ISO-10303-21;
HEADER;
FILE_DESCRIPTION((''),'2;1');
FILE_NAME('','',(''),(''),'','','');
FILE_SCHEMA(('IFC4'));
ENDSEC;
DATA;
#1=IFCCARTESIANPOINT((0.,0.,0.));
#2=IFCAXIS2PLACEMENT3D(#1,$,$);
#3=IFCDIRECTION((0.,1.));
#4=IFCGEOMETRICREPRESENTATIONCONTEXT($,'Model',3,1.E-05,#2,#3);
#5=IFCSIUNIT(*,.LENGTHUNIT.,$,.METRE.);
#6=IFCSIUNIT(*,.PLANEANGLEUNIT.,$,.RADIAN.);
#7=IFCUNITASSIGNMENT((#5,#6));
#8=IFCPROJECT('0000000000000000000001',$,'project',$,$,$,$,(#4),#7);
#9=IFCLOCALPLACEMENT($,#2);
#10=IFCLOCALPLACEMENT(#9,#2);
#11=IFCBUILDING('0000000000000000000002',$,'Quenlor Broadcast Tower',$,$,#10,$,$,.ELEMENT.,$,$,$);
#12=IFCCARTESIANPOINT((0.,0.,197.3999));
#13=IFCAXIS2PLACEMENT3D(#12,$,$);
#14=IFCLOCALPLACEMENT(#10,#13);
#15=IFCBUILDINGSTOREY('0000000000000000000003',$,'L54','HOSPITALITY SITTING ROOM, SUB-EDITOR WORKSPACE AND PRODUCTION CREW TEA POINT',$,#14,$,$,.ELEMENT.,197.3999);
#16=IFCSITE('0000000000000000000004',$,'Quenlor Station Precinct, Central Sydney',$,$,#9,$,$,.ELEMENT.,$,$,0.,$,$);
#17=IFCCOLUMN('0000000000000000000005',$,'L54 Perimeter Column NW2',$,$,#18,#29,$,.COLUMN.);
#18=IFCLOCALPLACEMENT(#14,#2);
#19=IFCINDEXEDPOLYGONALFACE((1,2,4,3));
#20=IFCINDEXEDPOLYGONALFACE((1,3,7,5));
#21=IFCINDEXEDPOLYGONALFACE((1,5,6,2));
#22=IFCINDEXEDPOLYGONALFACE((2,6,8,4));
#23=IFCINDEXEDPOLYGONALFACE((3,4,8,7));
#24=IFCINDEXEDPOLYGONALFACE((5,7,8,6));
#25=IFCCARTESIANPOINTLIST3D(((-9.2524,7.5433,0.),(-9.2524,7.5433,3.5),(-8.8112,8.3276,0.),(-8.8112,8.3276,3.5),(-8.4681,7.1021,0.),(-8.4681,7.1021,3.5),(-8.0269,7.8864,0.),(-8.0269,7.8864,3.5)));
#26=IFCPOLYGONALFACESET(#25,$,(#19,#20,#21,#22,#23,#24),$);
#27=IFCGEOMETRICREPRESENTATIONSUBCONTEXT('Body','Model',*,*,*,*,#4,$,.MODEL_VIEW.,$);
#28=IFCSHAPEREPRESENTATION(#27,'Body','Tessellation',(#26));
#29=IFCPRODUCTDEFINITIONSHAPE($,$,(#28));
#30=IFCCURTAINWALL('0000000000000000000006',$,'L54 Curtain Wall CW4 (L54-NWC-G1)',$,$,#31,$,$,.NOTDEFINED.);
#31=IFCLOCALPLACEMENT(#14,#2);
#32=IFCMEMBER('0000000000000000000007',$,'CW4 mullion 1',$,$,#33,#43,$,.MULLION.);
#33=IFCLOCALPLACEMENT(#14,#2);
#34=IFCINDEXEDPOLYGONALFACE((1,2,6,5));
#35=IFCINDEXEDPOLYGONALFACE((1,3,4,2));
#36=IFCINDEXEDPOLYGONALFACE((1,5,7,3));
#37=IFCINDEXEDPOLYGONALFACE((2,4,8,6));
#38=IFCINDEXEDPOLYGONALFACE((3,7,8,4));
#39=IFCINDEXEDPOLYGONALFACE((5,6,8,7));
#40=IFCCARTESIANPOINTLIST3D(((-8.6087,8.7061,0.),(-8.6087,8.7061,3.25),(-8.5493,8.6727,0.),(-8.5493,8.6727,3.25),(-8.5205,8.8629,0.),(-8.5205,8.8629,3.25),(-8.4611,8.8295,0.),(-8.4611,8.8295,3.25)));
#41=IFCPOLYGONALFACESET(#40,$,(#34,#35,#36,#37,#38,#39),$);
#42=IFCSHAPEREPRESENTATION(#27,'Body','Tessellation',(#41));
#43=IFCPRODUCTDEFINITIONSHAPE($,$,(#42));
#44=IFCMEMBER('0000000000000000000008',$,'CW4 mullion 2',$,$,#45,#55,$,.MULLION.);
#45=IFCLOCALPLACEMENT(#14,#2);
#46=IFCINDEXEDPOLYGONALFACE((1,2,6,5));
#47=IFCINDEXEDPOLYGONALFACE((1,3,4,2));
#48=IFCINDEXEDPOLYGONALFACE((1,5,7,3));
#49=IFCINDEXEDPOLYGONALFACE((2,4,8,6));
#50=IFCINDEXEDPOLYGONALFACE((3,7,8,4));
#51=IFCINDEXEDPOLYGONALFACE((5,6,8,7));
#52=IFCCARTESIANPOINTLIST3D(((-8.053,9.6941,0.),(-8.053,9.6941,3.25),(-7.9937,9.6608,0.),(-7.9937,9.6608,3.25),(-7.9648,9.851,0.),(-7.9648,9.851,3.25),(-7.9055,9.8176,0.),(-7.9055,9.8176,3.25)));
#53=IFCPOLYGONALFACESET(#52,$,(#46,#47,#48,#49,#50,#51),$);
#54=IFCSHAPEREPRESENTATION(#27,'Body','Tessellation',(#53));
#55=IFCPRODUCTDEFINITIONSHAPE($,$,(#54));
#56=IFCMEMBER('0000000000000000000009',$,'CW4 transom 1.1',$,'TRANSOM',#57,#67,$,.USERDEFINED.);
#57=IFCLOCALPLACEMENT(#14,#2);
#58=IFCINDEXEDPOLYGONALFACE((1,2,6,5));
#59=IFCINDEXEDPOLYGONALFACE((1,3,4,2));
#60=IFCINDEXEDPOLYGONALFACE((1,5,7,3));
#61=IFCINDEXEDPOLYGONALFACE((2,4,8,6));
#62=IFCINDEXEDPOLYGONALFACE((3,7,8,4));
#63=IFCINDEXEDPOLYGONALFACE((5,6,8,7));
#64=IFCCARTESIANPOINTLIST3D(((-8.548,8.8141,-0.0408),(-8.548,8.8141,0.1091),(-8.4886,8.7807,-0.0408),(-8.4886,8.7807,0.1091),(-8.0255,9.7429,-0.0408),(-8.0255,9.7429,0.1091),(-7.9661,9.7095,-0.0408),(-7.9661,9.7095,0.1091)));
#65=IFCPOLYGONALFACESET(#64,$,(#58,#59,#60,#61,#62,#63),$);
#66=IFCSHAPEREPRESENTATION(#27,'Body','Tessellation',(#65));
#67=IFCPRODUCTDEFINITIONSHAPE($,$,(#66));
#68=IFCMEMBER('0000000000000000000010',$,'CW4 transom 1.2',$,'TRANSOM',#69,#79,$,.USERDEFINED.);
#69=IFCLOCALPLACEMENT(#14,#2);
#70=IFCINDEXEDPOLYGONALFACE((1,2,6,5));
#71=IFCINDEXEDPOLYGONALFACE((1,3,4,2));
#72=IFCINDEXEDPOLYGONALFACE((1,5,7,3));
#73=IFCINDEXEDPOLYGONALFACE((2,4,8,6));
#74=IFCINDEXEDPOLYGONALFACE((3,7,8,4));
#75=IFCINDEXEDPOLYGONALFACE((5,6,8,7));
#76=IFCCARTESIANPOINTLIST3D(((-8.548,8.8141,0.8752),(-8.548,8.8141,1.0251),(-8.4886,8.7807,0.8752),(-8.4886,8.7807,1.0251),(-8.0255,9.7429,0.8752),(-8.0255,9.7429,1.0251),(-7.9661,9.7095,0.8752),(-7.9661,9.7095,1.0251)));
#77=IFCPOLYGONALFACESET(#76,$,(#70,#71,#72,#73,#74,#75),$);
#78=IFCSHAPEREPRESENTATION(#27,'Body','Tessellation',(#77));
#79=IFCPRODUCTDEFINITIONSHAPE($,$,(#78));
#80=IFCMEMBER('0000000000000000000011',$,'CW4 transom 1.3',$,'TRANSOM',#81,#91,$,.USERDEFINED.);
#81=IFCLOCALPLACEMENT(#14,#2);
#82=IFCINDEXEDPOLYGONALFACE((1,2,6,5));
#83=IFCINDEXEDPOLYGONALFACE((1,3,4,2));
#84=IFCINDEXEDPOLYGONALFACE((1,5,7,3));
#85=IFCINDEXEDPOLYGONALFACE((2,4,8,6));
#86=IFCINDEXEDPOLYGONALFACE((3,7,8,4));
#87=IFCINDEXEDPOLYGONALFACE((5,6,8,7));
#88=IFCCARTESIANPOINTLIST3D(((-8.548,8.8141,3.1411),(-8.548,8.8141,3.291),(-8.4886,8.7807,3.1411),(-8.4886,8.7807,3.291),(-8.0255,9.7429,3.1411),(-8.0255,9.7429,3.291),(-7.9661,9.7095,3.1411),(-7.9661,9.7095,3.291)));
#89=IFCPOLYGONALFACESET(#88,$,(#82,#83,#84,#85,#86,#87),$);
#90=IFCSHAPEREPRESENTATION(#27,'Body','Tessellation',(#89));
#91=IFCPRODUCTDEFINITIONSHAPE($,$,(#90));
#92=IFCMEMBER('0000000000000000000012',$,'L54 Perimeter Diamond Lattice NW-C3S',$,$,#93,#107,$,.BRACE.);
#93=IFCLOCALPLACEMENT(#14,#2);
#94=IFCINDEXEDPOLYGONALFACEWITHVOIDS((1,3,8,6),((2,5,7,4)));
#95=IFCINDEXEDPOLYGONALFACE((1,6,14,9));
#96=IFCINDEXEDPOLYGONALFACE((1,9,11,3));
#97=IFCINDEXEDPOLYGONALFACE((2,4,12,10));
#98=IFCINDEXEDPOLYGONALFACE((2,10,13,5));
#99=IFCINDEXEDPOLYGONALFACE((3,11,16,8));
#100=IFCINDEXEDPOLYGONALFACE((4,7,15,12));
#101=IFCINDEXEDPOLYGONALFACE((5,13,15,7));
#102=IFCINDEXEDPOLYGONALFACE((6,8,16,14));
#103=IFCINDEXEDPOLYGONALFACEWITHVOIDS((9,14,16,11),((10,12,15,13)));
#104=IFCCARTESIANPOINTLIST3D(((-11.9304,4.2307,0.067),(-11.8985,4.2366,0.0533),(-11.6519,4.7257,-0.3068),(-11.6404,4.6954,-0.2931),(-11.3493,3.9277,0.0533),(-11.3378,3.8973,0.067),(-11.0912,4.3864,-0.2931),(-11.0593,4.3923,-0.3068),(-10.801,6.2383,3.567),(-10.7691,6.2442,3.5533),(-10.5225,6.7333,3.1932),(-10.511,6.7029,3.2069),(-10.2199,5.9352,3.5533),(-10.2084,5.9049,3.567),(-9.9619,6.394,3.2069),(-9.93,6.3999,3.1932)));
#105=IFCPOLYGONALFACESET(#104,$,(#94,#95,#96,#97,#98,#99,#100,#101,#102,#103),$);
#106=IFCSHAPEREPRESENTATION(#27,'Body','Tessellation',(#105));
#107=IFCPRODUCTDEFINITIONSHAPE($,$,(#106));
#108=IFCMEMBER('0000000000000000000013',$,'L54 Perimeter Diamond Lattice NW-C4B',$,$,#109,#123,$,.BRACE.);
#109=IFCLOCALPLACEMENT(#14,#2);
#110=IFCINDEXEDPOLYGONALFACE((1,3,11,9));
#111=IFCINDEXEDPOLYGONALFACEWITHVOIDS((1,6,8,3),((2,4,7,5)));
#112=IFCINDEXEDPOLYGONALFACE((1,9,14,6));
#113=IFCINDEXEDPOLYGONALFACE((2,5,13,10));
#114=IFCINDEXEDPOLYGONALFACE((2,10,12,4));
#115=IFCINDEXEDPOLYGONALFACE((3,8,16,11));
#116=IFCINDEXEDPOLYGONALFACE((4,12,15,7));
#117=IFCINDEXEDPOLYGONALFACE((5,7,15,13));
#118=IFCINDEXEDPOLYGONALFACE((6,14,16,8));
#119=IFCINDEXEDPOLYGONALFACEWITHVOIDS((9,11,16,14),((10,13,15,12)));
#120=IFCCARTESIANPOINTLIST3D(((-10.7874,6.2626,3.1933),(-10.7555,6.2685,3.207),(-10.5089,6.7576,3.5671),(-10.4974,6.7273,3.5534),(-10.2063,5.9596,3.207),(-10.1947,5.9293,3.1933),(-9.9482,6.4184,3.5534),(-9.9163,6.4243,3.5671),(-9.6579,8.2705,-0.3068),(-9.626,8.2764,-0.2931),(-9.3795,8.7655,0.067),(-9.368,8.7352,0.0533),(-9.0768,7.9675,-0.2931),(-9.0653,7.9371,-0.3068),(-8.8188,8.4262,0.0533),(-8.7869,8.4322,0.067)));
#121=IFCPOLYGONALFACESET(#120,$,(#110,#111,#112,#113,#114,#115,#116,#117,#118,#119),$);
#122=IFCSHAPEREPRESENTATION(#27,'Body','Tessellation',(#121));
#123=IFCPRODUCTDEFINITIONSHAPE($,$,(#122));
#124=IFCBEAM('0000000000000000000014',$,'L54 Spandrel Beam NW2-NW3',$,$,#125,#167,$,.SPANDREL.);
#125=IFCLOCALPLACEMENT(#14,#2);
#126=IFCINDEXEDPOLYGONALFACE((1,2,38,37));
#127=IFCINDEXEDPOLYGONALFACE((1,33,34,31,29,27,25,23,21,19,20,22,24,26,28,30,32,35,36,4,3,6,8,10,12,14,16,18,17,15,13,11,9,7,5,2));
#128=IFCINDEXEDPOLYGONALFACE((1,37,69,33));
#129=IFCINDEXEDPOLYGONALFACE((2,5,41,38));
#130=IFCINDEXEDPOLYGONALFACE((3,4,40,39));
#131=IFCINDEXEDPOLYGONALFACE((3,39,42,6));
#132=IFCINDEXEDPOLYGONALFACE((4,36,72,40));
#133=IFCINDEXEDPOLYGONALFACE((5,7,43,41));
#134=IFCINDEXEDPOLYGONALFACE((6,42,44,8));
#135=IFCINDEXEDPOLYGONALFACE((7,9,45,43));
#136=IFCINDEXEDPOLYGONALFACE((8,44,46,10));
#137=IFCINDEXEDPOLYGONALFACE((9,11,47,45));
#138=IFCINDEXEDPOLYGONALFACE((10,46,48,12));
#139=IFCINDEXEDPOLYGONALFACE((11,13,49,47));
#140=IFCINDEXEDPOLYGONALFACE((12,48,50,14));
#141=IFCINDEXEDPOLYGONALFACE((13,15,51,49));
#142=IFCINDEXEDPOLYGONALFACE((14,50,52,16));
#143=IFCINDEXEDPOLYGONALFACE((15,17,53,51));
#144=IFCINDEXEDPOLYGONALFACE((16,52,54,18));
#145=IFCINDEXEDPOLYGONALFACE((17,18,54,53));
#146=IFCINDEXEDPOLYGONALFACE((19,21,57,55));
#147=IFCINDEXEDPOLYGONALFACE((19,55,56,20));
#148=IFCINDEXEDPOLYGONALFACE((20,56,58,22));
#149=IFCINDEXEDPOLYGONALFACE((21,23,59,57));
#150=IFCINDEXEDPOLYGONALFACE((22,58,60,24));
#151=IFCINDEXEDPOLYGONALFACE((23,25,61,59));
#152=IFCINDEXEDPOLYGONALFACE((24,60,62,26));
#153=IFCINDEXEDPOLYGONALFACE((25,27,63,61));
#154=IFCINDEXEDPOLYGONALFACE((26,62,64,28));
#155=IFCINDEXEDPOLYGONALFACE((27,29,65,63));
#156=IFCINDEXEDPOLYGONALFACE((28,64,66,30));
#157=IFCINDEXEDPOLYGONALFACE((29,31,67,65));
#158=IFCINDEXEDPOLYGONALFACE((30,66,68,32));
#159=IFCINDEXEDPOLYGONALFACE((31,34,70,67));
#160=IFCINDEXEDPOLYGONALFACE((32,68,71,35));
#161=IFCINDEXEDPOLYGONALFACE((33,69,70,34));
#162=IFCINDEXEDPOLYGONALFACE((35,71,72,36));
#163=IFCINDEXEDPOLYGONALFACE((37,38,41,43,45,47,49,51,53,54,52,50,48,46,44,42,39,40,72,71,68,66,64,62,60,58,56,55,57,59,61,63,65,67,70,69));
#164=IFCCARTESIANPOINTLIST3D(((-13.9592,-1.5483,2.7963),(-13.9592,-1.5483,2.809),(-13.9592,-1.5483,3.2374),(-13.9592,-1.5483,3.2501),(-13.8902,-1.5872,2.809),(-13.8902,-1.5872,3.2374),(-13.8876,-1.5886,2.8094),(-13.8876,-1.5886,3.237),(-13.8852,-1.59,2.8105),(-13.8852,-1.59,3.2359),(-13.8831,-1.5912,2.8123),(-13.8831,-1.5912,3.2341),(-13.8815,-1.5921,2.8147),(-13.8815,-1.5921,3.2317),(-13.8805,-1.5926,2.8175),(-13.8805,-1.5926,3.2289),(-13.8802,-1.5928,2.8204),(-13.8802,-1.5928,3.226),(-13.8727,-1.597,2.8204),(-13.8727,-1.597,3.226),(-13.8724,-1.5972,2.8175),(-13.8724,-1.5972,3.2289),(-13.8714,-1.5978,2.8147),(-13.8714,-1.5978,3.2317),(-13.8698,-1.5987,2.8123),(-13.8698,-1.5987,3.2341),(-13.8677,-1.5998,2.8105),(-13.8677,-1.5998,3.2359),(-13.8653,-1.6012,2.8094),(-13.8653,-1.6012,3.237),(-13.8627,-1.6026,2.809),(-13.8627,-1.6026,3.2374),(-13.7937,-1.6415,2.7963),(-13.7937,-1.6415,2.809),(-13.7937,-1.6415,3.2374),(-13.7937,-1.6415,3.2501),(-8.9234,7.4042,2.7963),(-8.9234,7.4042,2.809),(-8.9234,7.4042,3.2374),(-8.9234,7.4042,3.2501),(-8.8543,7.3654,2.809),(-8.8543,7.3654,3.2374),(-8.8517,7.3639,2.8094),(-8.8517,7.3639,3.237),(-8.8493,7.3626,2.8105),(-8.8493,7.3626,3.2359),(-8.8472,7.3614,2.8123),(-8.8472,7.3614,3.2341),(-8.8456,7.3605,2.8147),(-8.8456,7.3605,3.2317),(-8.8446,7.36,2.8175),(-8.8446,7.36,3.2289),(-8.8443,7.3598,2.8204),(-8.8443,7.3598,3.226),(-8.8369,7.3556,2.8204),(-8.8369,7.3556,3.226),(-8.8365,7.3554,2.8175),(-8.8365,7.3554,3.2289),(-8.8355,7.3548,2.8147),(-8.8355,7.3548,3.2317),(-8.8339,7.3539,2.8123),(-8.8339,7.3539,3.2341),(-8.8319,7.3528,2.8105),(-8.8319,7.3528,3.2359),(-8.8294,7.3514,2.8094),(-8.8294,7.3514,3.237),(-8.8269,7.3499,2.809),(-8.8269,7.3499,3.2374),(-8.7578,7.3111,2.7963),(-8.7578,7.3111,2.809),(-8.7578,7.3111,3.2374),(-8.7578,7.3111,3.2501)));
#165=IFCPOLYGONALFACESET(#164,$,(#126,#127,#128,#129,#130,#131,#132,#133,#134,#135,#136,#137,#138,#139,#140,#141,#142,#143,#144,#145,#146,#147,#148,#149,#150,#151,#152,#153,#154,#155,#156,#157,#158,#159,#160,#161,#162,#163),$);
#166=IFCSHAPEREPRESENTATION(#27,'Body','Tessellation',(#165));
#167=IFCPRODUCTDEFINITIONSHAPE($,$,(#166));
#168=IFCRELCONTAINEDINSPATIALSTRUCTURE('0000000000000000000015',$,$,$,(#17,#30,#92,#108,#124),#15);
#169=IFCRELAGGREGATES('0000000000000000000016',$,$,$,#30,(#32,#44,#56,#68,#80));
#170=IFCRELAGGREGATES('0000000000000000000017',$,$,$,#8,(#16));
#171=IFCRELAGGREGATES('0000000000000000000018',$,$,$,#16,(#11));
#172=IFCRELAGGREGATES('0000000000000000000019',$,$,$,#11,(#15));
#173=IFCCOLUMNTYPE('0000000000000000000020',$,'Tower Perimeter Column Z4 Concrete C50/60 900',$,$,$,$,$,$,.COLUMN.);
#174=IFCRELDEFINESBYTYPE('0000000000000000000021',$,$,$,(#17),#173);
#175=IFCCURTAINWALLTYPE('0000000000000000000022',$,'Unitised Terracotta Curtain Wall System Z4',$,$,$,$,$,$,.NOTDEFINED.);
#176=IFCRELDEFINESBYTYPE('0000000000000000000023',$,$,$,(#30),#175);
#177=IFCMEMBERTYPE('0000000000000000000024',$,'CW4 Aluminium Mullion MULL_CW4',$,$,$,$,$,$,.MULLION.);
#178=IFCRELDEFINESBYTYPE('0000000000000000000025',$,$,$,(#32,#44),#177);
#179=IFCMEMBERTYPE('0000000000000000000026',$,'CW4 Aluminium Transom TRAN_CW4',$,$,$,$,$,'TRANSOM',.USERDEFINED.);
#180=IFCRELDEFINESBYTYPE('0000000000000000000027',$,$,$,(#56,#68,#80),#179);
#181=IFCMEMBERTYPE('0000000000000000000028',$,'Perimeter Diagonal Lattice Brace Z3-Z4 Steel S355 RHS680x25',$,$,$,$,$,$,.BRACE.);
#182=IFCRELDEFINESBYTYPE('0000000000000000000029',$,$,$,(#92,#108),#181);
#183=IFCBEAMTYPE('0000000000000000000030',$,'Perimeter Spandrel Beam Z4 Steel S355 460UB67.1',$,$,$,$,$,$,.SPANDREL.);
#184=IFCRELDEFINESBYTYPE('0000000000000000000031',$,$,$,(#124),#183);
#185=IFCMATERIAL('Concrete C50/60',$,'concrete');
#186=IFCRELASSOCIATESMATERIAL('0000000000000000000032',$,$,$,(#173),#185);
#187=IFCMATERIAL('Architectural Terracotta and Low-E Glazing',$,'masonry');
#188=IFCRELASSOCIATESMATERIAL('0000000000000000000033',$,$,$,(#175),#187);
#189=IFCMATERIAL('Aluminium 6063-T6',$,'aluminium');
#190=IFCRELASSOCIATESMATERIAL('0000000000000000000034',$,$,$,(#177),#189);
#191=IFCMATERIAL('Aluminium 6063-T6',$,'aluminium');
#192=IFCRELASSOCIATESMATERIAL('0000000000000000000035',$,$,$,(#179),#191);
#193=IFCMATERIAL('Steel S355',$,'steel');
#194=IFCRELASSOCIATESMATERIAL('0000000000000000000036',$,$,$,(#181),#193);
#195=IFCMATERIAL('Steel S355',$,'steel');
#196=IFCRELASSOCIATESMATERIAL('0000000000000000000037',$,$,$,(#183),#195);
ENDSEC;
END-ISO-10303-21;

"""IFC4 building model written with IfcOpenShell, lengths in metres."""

from ifc_helpers import new_model, si_unit, direction, frame, origin, origin_2d, place, context, subcontext, project, spatial, rectangle, hollow_rectangle, i_section, extrude, material, material_profile, profile_set, type_object, element, aggregate, save


model = new_model("IFC4")

# Units and contexts
model_context = context("Model", 3, precision=1e-05, world=origin(), true_north=direction((0.0, 1.0)))
body_context = subcontext(model_context, "Body", "Model", "MODEL_VIEW")
ifc_project = project(units=[si_unit("LENGTHUNIT", "METRE"), si_unit("PLANEANGLEUNIT", "RADIAN")], contexts=[model_context])

# Site, building, storey
site_placement = place(None, origin())
site = spatial("IfcSite", under=ifc_project, at=site_placement, Name="Quenlor Station Precinct, Central Sydney", CompositionType="ELEMENT", RefElevation=0.0)
building_placement = place(site_placement, origin())
building = spatial("IfcBuilding", under=site, at=building_placement, Name="Quenlor Broadcast Tower", CompositionType="ELEMENT")
storey_placement = place(building_placement, frame((0.0, 0.0, 197.3999)))
storey = spatial("IfcBuildingStorey", under=building, at=storey_placement, Name="L54", Description="HOSPITALITY SITTING ROOM, SUB-EDITOR WORKSPACE AND PRODUCTION CREW TEA POINT", CompositionType="ELEMENT", Elevation=197.3999)

# Column
ifc_material_1 = material(Name="Concrete C50/60", Category="concrete")
ifc_material_profile_1 = material_profile(ifc_material_1, rectangle(XDim=0.8999, YDim=0.8999, at=origin_2d()))
ifc_profile_set_1 = profile_set([ifc_material_profile_1], Name="Concrete C50/60 RC900x900")
column_type = type_object("IfcColumnType", Name="Tower Perimeter Column Z4 Concrete C50/60 900", PredefinedType="COLUMN", material=ifc_profile_set_1)
column_placement = place(storey_placement, frame((-8.6396, 7.7148, 0.0), z_axis=(0.0, 0.0, 1.0), x_axis=(-0.871575, 0.490262, 0.0)))
element("IfcColumn", 1, at=column_placement, inside=storey, type_object=column_type, Name="L54 Perimeter Column NW2", PredefinedType="COLUMN", context=body_context, shape_type="SweptSolid", body=[
    extrude(rectangle(XDim=0.8999, YDim=0.8999, at=origin_2d()), origin(), (0.0, 0.0, 1.0), 3.5),
])

# Curtain wall, members
ifc_material_2 = material(Name="Architectural Terracotta and Low-E Glazing", Category="masonry")
curtain_wall_type = type_object("IfcCurtainWallType", Name="Unitised Terracotta Curtain Wall System Z4", PredefinedType="NOTDEFINED", material=ifc_material_2)
curtain_wall_placement = place(storey_placement, origin())
curtain_wall = element("IfcCurtainWall", 2, at=curtain_wall_placement, inside=storey, type_object=curtain_wall_type, Name="L54 Curtain Wall CW4 (L54-NWC-G1)", PredefinedType="NOTDEFINED")
ifc_material_3 = material(Name="Aluminium 6063-T6", Category="aluminium")
ifc_material_profile_2 = material_profile(ifc_material_3, rectangle(XDim=0.0681, YDim=0.1799, at=origin_2d()))
ifc_profile_set_2 = profile_set([ifc_material_profile_2], Name="Aluminium 6063-T6 MULL68x180")
member_type_1 = type_object("IfcMemberType", Name="CW4 Aluminium Mullion MULL_CW4", PredefinedType="MULLION", material=ifc_profile_set_2)
member_1_placement = place(storey_placement, frame((-8.5349, 8.7678, 0.0), z_axis=(0.0, 0.0, 1.0), x_axis=(-0.871558, 0.490293, 0.0)))
member_1 = element("IfcMember", 3, at=member_1_placement, type_object=member_type_1, Name="CW4 mullion 1", PredefinedType="MULLION", context=body_context, shape_type="SweptSolid", body=[
    extrude(rectangle(XDim=0.0681, YDim=0.1799, at=origin_2d()), origin(), (0.0, 0.0, 1.0), 3.25),
])
member_2_placement = place(storey_placement, frame((-7.9792, 9.7559, 0.0), z_axis=(0.0, 0.0, 1.0), x_axis=(-0.871558, 0.490293, 0.0)))
member_2 = element("IfcMember", 4, at=member_2_placement, type_object=member_type_1, Name="CW4 mullion 2", PredefinedType="MULLION", context=body_context, shape_type="SweptSolid", body=[
    extrude(rectangle(XDim=0.0681, YDim=0.1799, at=origin_2d()), origin(), (0.0, 0.0, 1.0), 3.25),
])
ifc_material_4 = material(Name="Aluminium 6063-T6", Category="aluminium")
ifc_material_profile_3 = material_profile(ifc_material_4, rectangle(XDim=0.0681, YDim=0.1499, at=origin_2d()))
ifc_profile_set_3 = profile_set([ifc_material_profile_3], Name="Aluminium 6063-T6 TRAN68x150")
member_type_2 = type_object("IfcMemberType", Name="CW4 Aluminium Transom TRAN_CW4", ElementType="TRANSOM", PredefinedType="USERDEFINED", material=ifc_profile_set_3)
member_3_placement = place(storey_placement, frame((-8.5183, 8.7974, 0.0342), z_axis=(0.490305, 0.871551, 0.0), x_axis=(-0.871551, 0.490305, 0.0)))
member_3 = element("IfcMember", 5, at=member_3_placement, type_object=member_type_2, Name="CW4 transom 1.1", ObjectType="TRANSOM", PredefinedType="USERDEFINED", context=body_context, shape_type="SweptSolid", body=[
    extrude(rectangle(XDim=0.0681, YDim=0.1499, at=origin_2d()), origin(), (0.0, 0.0, 1.0), 1.0657),
])
member_4_placement = place(storey_placement, frame((-8.5183, 8.7974, 0.9502), z_axis=(0.490305, 0.871551, 0.0), x_axis=(-0.871551, 0.490305, 0.0)))
member_4 = element("IfcMember", 6, at=member_4_placement, type_object=member_type_2, Name="CW4 transom 1.2", ObjectType="TRANSOM", PredefinedType="USERDEFINED", context=body_context, shape_type="SweptSolid", body=[
    extrude(rectangle(XDim=0.0681, YDim=0.1499, at=origin_2d()), origin(), (0.0, 0.0, 1.0), 1.0657),
])
member_5_placement = place(storey_placement, frame((-8.5183, 8.7974, 3.2161), z_axis=(0.490305, 0.871551, 0.0), x_axis=(-0.871551, 0.490305, 0.0)))
member_5 = element("IfcMember", 7, at=member_5_placement, type_object=member_type_2, Name="CW4 transom 1.3", ObjectType="TRANSOM", PredefinedType="USERDEFINED", context=body_context, shape_type="SweptSolid", body=[
    extrude(rectangle(XDim=0.0681, YDim=0.1499, at=origin_2d()), origin(), (0.0, 0.0, 1.0), 1.0657),
])

# Members
ifc_material_5 = material(Name="Steel S355", Category="steel")
ifc_material_profile_4 = material_profile(ifc_material_5, hollow_rectangle(XDim=0.6799, YDim=0.6799, WallThickness=0.0249, at=origin_2d()))
ifc_profile_set_4 = profile_set([ifc_material_profile_4], Name="Steel S355 RHS680x680x25")
member_type_3 = type_object("IfcMemberType", Name="Perimeter Diagonal Lattice Brace Z3-Z4 Steel S355 RHS680x25", PredefinedType="BRACE", material=ifc_profile_set_4)
member_6_placement = place(storey_placement, frame((-11.4949, 4.3115, -0.1199), z_axis=(0.269547, 0.479136, 0.835328), x_axis=(-0.87155, 0.490307, 0.0)))
element("IfcMember", 8, at=member_6_placement, inside=storey, type_object=member_type_3, Name="L54 Perimeter Diamond Lattice NW-C3S", PredefinedType="BRACE", context=body_context, shape_type="SweptSolid", body=[
    extrude(hollow_rectangle(XDim=0.6799, YDim=0.6799, WallThickness=0.0249, at=origin_2d()), origin(), (0.0, 0.0, 1.0), 4.1899),
])
member_7_placement = place(storey_placement, frame((-9.2224, 8.3513, -0.1199), z_axis=(-0.26954, -0.479181, 0.835305), x_axis=(0.871576, -0.490261, 0.0)))
element("IfcMember", 9, at=member_7_placement, inside=storey, type_object=member_type_3, Name="L54 Perimeter Diamond Lattice NW-C4B", PredefinedType="BRACE", context=body_context, shape_type="SweptSolid", body=[
    extrude(hollow_rectangle(XDim=0.6799, YDim=0.6799, WallThickness=0.0249, at=origin_2d()), origin(), (0.0, 0.0, 1.0), 4.1902),
])

# Beam
ifc_material_6 = material(Name="Steel S355", Category="steel")
ifc_material_profile_5 = material_profile(ifc_material_6, i_section(OverallWidth=0.1899, OverallDepth=0.4539, WebThickness=0.0085, FlangeThickness=0.0127, FilletRadius=0.0115, at=origin_2d()))
ifc_profile_set_5 = profile_set([ifc_material_profile_5], Name="Steel S355 460UB67.1")
beam_type_1 = type_object("IfcBeamType", Name="Perimeter Spandrel Beam Z4 Steel S355 460UB67.1", PredefinedType="SPANDREL", material=ifc_profile_set_5)
beam_1_placement = place(storey_placement, frame((-8.8406, 7.3577, 3.0232), z_axis=(-0.490263, -0.871574, 0.0), x_axis=(0.871574, -0.490263, 0.0)))
element("IfcBeam", 10, at=beam_1_placement, inside=storey, type_object=beam_type_1, Name="L54 Spandrel Beam NW2-NW3", PredefinedType="SPANDREL", context=body_context, shape_type="SweptSolid", body=[
    extrude(i_section(OverallWidth=0.1899, OverallDepth=0.4539, WebThickness=0.0085, FlangeThickness=0.0127, FilletRadius=0.0115, at=origin_2d()), origin(), (0.0, 0.0, 1.0), 10.2717),
])

aggregate(curtain_wall, [member_1, member_2, member_3, member_4, member_5])

save(model, "model.ifc")
